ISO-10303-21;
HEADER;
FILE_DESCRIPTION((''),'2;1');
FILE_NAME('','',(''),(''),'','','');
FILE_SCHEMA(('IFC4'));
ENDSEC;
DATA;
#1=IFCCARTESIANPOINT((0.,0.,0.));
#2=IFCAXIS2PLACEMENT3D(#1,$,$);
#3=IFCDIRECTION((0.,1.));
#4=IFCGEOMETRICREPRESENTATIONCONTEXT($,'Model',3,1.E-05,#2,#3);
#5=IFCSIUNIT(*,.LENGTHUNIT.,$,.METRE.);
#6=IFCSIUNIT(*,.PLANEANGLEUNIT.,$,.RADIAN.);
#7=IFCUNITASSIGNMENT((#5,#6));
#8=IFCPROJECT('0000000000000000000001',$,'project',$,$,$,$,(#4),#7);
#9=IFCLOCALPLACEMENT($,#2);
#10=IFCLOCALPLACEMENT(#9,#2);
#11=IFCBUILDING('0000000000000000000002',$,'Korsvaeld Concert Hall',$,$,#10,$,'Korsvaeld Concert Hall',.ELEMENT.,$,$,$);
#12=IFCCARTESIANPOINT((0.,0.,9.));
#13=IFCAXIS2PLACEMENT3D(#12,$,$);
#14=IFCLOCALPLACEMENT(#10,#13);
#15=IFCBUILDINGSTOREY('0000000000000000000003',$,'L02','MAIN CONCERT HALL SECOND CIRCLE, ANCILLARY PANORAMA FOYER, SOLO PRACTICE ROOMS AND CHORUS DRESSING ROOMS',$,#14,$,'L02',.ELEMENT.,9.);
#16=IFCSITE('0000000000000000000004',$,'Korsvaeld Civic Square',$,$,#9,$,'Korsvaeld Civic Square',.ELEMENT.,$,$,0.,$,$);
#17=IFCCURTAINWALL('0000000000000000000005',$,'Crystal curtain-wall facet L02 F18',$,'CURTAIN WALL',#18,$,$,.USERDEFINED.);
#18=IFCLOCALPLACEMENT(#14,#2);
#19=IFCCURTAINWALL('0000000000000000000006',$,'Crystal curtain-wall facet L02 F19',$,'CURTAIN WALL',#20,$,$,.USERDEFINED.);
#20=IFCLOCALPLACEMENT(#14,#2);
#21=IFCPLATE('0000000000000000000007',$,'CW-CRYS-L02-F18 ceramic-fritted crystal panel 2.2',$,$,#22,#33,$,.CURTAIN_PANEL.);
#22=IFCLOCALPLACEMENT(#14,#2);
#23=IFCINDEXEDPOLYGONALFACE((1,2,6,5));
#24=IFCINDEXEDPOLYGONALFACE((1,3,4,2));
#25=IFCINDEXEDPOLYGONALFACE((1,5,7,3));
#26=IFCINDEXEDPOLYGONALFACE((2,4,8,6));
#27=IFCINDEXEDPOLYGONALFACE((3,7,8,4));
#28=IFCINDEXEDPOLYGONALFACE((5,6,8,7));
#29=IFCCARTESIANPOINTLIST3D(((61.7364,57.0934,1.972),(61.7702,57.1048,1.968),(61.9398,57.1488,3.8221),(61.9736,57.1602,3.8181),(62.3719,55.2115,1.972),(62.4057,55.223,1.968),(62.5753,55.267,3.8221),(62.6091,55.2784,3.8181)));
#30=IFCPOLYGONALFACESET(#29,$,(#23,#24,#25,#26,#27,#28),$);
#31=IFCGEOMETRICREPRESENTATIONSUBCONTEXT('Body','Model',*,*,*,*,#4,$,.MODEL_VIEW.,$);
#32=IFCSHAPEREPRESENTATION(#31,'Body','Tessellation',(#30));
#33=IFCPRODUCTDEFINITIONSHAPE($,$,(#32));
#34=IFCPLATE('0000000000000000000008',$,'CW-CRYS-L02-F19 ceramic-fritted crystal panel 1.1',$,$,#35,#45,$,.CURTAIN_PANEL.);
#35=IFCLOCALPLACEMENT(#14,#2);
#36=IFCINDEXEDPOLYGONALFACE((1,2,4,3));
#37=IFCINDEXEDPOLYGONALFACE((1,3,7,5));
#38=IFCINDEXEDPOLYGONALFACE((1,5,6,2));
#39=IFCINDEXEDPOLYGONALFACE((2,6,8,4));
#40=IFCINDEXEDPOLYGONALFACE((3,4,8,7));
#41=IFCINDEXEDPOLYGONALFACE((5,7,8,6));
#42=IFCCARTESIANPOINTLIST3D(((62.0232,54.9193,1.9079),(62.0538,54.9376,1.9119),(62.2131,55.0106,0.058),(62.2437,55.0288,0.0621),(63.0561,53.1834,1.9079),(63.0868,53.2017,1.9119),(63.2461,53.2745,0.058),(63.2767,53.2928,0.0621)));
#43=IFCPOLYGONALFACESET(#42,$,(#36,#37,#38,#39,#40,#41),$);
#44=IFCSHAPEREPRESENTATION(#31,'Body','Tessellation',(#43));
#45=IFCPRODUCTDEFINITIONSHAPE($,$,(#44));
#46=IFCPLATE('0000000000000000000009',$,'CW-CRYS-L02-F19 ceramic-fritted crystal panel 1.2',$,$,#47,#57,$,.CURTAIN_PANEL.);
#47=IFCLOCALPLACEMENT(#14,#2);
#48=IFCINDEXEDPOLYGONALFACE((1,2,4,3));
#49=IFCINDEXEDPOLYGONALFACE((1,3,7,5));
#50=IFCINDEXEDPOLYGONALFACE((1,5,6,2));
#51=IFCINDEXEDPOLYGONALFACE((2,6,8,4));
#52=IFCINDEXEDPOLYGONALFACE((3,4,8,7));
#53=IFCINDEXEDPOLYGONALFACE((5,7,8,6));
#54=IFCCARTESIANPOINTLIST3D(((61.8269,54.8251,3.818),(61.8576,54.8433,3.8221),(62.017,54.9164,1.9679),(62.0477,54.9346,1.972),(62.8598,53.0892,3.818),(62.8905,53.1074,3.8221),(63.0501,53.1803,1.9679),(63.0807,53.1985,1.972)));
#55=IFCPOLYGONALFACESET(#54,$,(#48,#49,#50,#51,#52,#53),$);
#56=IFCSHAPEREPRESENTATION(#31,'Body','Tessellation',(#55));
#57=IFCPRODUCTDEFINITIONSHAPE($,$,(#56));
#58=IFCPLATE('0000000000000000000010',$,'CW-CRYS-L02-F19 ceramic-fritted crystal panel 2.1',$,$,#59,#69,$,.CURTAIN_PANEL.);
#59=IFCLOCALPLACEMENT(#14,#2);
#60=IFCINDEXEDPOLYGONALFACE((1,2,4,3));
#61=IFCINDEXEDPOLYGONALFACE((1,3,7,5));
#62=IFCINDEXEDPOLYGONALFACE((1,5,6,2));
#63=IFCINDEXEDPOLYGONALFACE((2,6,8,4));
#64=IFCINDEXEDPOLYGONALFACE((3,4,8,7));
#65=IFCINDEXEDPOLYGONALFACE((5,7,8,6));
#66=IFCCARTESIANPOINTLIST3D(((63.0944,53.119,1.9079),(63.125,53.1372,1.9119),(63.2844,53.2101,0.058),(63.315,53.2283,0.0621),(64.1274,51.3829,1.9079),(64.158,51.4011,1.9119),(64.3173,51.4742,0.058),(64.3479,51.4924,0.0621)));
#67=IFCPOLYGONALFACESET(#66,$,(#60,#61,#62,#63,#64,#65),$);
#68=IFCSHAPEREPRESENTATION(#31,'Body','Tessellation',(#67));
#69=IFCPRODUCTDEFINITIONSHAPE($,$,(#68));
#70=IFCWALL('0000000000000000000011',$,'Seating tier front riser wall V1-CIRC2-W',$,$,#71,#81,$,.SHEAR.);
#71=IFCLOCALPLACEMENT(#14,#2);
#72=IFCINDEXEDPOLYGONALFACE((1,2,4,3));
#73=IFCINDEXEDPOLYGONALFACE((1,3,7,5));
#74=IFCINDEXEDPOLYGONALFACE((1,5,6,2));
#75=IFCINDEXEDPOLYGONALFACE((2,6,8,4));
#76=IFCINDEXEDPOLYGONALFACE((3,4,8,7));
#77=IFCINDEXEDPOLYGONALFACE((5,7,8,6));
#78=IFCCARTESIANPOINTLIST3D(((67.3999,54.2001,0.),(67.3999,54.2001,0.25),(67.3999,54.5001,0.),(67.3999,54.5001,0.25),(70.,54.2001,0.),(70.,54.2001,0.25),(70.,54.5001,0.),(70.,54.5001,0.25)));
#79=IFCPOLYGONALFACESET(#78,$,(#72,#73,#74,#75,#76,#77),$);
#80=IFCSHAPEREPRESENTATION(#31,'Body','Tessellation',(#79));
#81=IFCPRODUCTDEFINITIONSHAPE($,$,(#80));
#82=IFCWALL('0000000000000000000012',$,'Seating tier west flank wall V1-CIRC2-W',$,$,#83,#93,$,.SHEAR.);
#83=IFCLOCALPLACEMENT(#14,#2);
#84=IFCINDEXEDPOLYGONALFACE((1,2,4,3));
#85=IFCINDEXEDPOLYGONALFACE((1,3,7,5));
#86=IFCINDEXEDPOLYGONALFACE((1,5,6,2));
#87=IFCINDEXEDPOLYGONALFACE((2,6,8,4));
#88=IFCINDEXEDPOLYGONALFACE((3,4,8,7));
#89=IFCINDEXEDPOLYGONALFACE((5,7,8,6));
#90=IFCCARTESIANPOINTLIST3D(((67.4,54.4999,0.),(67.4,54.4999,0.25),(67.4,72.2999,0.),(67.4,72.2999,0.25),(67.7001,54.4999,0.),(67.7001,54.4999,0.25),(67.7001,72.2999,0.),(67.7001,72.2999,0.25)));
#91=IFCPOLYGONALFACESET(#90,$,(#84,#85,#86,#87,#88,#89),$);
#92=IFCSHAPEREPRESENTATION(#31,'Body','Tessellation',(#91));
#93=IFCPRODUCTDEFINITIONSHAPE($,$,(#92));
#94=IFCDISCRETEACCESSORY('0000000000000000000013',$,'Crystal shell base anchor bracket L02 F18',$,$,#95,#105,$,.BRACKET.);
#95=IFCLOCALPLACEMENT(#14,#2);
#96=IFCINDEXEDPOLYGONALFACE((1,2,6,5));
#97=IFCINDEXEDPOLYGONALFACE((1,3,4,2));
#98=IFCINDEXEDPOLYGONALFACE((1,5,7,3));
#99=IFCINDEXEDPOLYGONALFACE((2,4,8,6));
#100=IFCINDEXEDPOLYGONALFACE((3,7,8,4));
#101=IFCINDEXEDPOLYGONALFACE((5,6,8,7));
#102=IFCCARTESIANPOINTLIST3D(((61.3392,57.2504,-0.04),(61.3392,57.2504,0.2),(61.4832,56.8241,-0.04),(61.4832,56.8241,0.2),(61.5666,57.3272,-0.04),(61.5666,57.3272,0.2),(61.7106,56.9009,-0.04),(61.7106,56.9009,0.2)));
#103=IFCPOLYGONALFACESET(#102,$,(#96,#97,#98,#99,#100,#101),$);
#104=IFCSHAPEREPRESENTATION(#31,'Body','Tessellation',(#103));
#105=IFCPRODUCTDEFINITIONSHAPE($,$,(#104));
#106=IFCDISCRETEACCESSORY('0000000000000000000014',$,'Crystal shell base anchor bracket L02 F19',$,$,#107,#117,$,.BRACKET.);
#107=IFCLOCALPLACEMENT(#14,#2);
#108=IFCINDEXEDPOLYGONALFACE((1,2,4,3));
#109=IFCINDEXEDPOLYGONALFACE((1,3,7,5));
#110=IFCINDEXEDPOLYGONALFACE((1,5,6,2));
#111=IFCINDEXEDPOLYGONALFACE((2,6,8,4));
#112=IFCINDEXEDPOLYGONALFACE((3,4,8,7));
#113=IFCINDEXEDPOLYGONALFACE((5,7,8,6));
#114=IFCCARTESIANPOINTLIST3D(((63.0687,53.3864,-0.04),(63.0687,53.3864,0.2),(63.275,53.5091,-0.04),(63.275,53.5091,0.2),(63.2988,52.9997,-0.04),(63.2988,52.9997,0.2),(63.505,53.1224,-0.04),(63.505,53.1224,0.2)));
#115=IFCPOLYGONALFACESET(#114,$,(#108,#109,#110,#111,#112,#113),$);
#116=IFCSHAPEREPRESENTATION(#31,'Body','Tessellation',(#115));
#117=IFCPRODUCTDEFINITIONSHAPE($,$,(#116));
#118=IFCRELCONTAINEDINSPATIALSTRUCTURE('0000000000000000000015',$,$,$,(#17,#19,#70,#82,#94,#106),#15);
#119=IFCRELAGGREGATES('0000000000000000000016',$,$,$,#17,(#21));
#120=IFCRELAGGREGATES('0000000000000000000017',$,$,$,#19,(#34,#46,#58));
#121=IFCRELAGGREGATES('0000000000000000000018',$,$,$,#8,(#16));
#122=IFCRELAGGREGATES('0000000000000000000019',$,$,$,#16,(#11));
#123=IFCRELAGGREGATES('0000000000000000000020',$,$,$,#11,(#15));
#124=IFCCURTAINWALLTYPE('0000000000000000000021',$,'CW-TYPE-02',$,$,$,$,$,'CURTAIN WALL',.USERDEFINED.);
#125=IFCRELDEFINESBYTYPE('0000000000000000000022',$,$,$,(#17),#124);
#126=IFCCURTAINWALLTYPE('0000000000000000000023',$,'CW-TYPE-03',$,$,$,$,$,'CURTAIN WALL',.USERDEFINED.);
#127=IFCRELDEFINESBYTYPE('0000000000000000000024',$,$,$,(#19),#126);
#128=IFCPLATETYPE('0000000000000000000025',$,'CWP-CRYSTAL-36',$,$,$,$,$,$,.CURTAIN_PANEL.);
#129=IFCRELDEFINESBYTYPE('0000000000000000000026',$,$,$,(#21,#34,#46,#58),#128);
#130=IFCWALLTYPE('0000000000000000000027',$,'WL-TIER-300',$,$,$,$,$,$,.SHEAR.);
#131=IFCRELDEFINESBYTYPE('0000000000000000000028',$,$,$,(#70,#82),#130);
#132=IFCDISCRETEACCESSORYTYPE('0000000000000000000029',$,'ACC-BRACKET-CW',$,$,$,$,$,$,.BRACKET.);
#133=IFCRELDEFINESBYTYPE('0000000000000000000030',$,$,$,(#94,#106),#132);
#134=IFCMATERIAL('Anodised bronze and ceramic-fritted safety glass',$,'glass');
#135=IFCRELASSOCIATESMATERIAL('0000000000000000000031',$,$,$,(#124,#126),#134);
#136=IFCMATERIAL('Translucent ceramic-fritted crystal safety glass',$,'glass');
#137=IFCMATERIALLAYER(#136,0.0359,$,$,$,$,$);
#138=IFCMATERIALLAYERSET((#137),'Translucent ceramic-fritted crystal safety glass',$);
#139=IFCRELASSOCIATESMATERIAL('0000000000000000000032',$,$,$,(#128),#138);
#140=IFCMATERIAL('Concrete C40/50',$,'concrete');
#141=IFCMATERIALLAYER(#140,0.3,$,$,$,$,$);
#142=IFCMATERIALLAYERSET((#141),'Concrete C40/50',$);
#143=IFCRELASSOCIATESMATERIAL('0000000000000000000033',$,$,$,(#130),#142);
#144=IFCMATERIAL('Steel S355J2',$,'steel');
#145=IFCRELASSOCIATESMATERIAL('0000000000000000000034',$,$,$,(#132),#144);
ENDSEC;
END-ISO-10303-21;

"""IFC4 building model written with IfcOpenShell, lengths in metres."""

from ifc_helpers import new_model, si_unit, direction, frame, frame_2d, origin, origin_2d, place, context, subcontext, project, spatial, polyline, rectangle, outline, extrude, material, layer, layer_set, type_object, element, aggregate, save


model = new_model("IFC4")

# Units and contexts
model_context = context("Model", 3, precision=1e-05, world=origin(), true_north=direction((0.0, 1.0)))
body_context = subcontext(model_context, "Body", "Model", "MODEL_VIEW")
ifc_project = project(units=[si_unit("LENGTHUNIT", "METRE"), si_unit("PLANEANGLEUNIT", "RADIAN")], contexts=[model_context])

# Site, building, storey
site_placement = place(None, origin())
site = spatial("IfcSite", under=ifc_project, at=site_placement, Name="Korsvaeld Civic Square", LongName="Korsvaeld Civic Square", CompositionType="ELEMENT", RefElevation=0.0)
building_placement = place(site_placement, origin())
building = spatial("IfcBuilding", under=site, at=building_placement, Name="Korsvaeld Concert Hall", LongName="Korsvaeld Concert Hall", CompositionType="ELEMENT")
storey_placement = place(building_placement, frame((0.0, 0.0, 9.0)))
storey = spatial("IfcBuildingStorey", under=building, at=storey_placement, Name="L02", Description="MAIN CONCERT HALL SECOND CIRCLE, ANCILLARY PANORAMA FOYER, SOLO PRACTICE ROOMS AND CHORUS DRESSING ROOMS", LongName="L02", CompositionType="ELEMENT", Elevation=9.0)

# Shared definitions
ifc_material_1 = material(Name="Concrete C40/50", Category="concrete")

# Curtain walls
ifc_material_2 = material(Name="Anodised bronze and ceramic-fritted safety glass", Category="glass")
curtain_wall_type_1 = type_object("IfcCurtainWallType", Name="CW-TYPE-02", ElementType="CURTAIN WALL", PredefinedType="USERDEFINED", material=ifc_material_2)
curtain_wall_1_placement = place(storey_placement, origin())
curtain_wall_1 = element("IfcCurtainWall", 1, at=curtain_wall_1_placement, inside=storey, type_object=curtain_wall_type_1, Name="Crystal curtain-wall facet L02 F18", ObjectType="CURTAIN WALL", PredefinedType="USERDEFINED")
curtain_wall_type_2 = type_object("IfcCurtainWallType", Name="CW-TYPE-03", ElementType="CURTAIN WALL", PredefinedType="USERDEFINED", material=ifc_material_2)
curtain_wall_2_placement = place(storey_placement, origin())
curtain_wall_2 = element("IfcCurtainWall", 2, at=curtain_wall_2_placement, inside=storey, type_object=curtain_wall_type_2, Name="Crystal curtain-wall facet L02 F19", ObjectType="CURTAIN WALL", PredefinedType="USERDEFINED")

# Plates
ifc_material_3 = material(Name="Translucent ceramic-fritted crystal safety glass", Category="glass")
ifc_layer_1 = layer(ifc_material_3, 0.0359)
ifc_layer_set_1 = layer_set([ifc_layer_1], Name="Translucent ceramic-fritted crystal safety glass")
plate_type = type_object("IfcPlateType", Name="CWP-CRYSTAL-36", PredefinedType="CURTAIN_PANEL", material=ifc_layer_set_1)
plate_1_placement = place(storey_placement, frame((61.7534, 57.0991, 1.97), z_axis=(-0.941366, -0.3179, 0.113001), x_axis=(0.31995, -0.947435, 0.0)))
plate_1 = element("IfcPlate", 3, at=plate_1_placement, type_object=plate_type, Name="CW-CRYS-L02-F18 ceramic-fritted crystal panel 2.2", PredefinedType="CURTAIN_PANEL", context=body_context, shape_type="SweptSolid", body=[
    extrude(outline(polyline([(0.0, 0.0), (1.9862, 0.0), (1.9988, 1.862), (0.0126, 1.862), (0.0, 0.0)])), frame((0.0, 0.0, 0.0181)), (0.0, 0.0, -1.0), 0.0359),
])
aggregate(curtain_wall_1, [plate_1])
plate_2_placement = place(storey_placement, frame((62.2285, 55.0198, 0.0601), z_axis=(-0.853892, -0.508096, -0.112723), x_axis=(0.511355, -0.85937, 0.000003)))
plate_2 = element("IfcPlate", 4, at=plate_2_placement, type_object=plate_type, Name="CW-CRYS-L02-F19 ceramic-fritted crystal panel 1.1", PredefinedType="CURTAIN_PANEL", context=body_context, shape_type="SweptSolid", body=[
    extrude(outline(polyline([(0.0, 0.0), (2.0201, 0.0), (2.0013, 1.8617), (-0.0187, 1.8617), (0.0, 0.0)])), frame((0.0, 0.0, 0.0181)), (0.0, 0.0, -1.0), 0.0359),
])
plate_3_placement = place(storey_placement, frame((62.0325, 54.9255, 1.97), z_axis=(-0.853883, -0.508091, -0.11282), x_axis=(0.511355, -0.85937, 0.000003)))
plate_3 = element("IfcPlate", 5, at=plate_3_placement, type_object=plate_type, Name="CW-CRYS-L02-F19 ceramic-fritted crystal panel 1.2", PredefinedType="CURTAIN_PANEL", context=body_context, shape_type="SweptSolid", body=[
    extrude(outline(polyline([(0.0, 0.0), (2.0201, 0.0), (2.0012, 1.862), (-0.0188, 1.862), (0.0, 0.0)])), frame((0.0, 0.0, 0.0181)), (0.0, 0.0, -1.0), 0.0359),
])
plate_4_placement = place(storey_placement, frame((63.2998, 53.2192, 0.0601), z_axis=(-0.853892, -0.508096, -0.112723), x_axis=(0.511356, -0.859369, -0.000003)))
plate_4 = element("IfcPlate", 6, at=plate_4_placement, type_object=plate_type, Name="CW-CRYS-L02-F19 ceramic-fritted crystal panel 2.1", PredefinedType="CURTAIN_PANEL", context=body_context, shape_type="SweptSolid", body=[
    extrude(outline(polyline([(0.0, 0.0), (2.0199, 0.0), (2.0013, 1.8617), (-0.0189, 1.8617), (0.0, 0.0)])), frame((0.0, 0.0, 0.0181)), (0.0, 0.0, -1.0), 0.0359),
])
aggregate(curtain_wall_2, [plate_2, plate_3, plate_4])

# Walls
ifc_layer_2 = layer(ifc_material_1, 0.3)
ifc_layer_set_2 = layer_set([ifc_layer_2], Name="Concrete C40/50")
wall_type = type_object("IfcWallType", Name="WL-TIER-300", PredefinedType="SHEAR", material=ifc_layer_set_2)
wall_1_placement = place(storey_placement, frame((67.3999, 54.3501, 0.0), z_axis=(0.0, 0.0, 1.0), x_axis=(1.0, 0.0, 0.0)))
element("IfcWall", 7, at=wall_1_placement, inside=storey, type_object=wall_type, Name="Seating tier front riser wall V1-CIRC2-W", PredefinedType="SHEAR", context=body_context, shape_type="SweptSolid", body=[
    extrude(rectangle(XDim=2.6001, YDim=0.3, at=frame_2d((1.3, 0.0))), origin(), (0.0, 0.0, 1.0), 0.25),
])
wall_2_placement = place(storey_placement, frame((67.55, 54.5, 0.0), z_axis=(0.0, 0.0, 1.0), x_axis=(0.0, 1.0, 0.0)))
element("IfcWall", 8, at=wall_2_placement, inside=storey, type_object=wall_type, Name="Seating tier west flank wall V1-CIRC2-W", PredefinedType="SHEAR", context=body_context, shape_type="SweptSolid", body=[
    extrude(rectangle(XDim=17.8, YDim=0.3, at=frame_2d((8.8999, 0.0))), origin(), (0.0, 0.0, 1.0), 0.25),
])

# Discrete accessories
ifc_material_4 = material(Name="Steel S355J2", Category="steel")
discrete_accessory_type = type_object("IfcDiscreteAccessoryType", Name="ACC-BRACKET-CW", PredefinedType="BRACKET", material=ifc_material_4)
for number, where, z_axis, x_axis, name in (
    (9, (61.5249, 57.0757, -0.04), (0.0, 0.0, 1.0), (0.319952, -0.947434, 0.0), "Crystal shell base anchor bracket L02 F18"),
    (10, (63.2869, 53.2544, -0.04), (0.0, 0.0, 1.0), (0.511293, -0.859406, 0.0), "Crystal shell base anchor bracket L02 F19"),
):
    element("IfcDiscreteAccessory", number, at=place(storey_placement, frame(where, z_axis=z_axis, x_axis=x_axis)), inside=storey, type_object=discrete_accessory_type, Name=name, PredefinedType="BRACKET", context=body_context, shape_type="SweptSolid", body=[
        extrude(rectangle(XDim=0.45, YDim=0.24, at=origin_2d()), origin(), (0.0, 0.0, 1.0), 0.24),
    ])

save(model, "model.ifc")
